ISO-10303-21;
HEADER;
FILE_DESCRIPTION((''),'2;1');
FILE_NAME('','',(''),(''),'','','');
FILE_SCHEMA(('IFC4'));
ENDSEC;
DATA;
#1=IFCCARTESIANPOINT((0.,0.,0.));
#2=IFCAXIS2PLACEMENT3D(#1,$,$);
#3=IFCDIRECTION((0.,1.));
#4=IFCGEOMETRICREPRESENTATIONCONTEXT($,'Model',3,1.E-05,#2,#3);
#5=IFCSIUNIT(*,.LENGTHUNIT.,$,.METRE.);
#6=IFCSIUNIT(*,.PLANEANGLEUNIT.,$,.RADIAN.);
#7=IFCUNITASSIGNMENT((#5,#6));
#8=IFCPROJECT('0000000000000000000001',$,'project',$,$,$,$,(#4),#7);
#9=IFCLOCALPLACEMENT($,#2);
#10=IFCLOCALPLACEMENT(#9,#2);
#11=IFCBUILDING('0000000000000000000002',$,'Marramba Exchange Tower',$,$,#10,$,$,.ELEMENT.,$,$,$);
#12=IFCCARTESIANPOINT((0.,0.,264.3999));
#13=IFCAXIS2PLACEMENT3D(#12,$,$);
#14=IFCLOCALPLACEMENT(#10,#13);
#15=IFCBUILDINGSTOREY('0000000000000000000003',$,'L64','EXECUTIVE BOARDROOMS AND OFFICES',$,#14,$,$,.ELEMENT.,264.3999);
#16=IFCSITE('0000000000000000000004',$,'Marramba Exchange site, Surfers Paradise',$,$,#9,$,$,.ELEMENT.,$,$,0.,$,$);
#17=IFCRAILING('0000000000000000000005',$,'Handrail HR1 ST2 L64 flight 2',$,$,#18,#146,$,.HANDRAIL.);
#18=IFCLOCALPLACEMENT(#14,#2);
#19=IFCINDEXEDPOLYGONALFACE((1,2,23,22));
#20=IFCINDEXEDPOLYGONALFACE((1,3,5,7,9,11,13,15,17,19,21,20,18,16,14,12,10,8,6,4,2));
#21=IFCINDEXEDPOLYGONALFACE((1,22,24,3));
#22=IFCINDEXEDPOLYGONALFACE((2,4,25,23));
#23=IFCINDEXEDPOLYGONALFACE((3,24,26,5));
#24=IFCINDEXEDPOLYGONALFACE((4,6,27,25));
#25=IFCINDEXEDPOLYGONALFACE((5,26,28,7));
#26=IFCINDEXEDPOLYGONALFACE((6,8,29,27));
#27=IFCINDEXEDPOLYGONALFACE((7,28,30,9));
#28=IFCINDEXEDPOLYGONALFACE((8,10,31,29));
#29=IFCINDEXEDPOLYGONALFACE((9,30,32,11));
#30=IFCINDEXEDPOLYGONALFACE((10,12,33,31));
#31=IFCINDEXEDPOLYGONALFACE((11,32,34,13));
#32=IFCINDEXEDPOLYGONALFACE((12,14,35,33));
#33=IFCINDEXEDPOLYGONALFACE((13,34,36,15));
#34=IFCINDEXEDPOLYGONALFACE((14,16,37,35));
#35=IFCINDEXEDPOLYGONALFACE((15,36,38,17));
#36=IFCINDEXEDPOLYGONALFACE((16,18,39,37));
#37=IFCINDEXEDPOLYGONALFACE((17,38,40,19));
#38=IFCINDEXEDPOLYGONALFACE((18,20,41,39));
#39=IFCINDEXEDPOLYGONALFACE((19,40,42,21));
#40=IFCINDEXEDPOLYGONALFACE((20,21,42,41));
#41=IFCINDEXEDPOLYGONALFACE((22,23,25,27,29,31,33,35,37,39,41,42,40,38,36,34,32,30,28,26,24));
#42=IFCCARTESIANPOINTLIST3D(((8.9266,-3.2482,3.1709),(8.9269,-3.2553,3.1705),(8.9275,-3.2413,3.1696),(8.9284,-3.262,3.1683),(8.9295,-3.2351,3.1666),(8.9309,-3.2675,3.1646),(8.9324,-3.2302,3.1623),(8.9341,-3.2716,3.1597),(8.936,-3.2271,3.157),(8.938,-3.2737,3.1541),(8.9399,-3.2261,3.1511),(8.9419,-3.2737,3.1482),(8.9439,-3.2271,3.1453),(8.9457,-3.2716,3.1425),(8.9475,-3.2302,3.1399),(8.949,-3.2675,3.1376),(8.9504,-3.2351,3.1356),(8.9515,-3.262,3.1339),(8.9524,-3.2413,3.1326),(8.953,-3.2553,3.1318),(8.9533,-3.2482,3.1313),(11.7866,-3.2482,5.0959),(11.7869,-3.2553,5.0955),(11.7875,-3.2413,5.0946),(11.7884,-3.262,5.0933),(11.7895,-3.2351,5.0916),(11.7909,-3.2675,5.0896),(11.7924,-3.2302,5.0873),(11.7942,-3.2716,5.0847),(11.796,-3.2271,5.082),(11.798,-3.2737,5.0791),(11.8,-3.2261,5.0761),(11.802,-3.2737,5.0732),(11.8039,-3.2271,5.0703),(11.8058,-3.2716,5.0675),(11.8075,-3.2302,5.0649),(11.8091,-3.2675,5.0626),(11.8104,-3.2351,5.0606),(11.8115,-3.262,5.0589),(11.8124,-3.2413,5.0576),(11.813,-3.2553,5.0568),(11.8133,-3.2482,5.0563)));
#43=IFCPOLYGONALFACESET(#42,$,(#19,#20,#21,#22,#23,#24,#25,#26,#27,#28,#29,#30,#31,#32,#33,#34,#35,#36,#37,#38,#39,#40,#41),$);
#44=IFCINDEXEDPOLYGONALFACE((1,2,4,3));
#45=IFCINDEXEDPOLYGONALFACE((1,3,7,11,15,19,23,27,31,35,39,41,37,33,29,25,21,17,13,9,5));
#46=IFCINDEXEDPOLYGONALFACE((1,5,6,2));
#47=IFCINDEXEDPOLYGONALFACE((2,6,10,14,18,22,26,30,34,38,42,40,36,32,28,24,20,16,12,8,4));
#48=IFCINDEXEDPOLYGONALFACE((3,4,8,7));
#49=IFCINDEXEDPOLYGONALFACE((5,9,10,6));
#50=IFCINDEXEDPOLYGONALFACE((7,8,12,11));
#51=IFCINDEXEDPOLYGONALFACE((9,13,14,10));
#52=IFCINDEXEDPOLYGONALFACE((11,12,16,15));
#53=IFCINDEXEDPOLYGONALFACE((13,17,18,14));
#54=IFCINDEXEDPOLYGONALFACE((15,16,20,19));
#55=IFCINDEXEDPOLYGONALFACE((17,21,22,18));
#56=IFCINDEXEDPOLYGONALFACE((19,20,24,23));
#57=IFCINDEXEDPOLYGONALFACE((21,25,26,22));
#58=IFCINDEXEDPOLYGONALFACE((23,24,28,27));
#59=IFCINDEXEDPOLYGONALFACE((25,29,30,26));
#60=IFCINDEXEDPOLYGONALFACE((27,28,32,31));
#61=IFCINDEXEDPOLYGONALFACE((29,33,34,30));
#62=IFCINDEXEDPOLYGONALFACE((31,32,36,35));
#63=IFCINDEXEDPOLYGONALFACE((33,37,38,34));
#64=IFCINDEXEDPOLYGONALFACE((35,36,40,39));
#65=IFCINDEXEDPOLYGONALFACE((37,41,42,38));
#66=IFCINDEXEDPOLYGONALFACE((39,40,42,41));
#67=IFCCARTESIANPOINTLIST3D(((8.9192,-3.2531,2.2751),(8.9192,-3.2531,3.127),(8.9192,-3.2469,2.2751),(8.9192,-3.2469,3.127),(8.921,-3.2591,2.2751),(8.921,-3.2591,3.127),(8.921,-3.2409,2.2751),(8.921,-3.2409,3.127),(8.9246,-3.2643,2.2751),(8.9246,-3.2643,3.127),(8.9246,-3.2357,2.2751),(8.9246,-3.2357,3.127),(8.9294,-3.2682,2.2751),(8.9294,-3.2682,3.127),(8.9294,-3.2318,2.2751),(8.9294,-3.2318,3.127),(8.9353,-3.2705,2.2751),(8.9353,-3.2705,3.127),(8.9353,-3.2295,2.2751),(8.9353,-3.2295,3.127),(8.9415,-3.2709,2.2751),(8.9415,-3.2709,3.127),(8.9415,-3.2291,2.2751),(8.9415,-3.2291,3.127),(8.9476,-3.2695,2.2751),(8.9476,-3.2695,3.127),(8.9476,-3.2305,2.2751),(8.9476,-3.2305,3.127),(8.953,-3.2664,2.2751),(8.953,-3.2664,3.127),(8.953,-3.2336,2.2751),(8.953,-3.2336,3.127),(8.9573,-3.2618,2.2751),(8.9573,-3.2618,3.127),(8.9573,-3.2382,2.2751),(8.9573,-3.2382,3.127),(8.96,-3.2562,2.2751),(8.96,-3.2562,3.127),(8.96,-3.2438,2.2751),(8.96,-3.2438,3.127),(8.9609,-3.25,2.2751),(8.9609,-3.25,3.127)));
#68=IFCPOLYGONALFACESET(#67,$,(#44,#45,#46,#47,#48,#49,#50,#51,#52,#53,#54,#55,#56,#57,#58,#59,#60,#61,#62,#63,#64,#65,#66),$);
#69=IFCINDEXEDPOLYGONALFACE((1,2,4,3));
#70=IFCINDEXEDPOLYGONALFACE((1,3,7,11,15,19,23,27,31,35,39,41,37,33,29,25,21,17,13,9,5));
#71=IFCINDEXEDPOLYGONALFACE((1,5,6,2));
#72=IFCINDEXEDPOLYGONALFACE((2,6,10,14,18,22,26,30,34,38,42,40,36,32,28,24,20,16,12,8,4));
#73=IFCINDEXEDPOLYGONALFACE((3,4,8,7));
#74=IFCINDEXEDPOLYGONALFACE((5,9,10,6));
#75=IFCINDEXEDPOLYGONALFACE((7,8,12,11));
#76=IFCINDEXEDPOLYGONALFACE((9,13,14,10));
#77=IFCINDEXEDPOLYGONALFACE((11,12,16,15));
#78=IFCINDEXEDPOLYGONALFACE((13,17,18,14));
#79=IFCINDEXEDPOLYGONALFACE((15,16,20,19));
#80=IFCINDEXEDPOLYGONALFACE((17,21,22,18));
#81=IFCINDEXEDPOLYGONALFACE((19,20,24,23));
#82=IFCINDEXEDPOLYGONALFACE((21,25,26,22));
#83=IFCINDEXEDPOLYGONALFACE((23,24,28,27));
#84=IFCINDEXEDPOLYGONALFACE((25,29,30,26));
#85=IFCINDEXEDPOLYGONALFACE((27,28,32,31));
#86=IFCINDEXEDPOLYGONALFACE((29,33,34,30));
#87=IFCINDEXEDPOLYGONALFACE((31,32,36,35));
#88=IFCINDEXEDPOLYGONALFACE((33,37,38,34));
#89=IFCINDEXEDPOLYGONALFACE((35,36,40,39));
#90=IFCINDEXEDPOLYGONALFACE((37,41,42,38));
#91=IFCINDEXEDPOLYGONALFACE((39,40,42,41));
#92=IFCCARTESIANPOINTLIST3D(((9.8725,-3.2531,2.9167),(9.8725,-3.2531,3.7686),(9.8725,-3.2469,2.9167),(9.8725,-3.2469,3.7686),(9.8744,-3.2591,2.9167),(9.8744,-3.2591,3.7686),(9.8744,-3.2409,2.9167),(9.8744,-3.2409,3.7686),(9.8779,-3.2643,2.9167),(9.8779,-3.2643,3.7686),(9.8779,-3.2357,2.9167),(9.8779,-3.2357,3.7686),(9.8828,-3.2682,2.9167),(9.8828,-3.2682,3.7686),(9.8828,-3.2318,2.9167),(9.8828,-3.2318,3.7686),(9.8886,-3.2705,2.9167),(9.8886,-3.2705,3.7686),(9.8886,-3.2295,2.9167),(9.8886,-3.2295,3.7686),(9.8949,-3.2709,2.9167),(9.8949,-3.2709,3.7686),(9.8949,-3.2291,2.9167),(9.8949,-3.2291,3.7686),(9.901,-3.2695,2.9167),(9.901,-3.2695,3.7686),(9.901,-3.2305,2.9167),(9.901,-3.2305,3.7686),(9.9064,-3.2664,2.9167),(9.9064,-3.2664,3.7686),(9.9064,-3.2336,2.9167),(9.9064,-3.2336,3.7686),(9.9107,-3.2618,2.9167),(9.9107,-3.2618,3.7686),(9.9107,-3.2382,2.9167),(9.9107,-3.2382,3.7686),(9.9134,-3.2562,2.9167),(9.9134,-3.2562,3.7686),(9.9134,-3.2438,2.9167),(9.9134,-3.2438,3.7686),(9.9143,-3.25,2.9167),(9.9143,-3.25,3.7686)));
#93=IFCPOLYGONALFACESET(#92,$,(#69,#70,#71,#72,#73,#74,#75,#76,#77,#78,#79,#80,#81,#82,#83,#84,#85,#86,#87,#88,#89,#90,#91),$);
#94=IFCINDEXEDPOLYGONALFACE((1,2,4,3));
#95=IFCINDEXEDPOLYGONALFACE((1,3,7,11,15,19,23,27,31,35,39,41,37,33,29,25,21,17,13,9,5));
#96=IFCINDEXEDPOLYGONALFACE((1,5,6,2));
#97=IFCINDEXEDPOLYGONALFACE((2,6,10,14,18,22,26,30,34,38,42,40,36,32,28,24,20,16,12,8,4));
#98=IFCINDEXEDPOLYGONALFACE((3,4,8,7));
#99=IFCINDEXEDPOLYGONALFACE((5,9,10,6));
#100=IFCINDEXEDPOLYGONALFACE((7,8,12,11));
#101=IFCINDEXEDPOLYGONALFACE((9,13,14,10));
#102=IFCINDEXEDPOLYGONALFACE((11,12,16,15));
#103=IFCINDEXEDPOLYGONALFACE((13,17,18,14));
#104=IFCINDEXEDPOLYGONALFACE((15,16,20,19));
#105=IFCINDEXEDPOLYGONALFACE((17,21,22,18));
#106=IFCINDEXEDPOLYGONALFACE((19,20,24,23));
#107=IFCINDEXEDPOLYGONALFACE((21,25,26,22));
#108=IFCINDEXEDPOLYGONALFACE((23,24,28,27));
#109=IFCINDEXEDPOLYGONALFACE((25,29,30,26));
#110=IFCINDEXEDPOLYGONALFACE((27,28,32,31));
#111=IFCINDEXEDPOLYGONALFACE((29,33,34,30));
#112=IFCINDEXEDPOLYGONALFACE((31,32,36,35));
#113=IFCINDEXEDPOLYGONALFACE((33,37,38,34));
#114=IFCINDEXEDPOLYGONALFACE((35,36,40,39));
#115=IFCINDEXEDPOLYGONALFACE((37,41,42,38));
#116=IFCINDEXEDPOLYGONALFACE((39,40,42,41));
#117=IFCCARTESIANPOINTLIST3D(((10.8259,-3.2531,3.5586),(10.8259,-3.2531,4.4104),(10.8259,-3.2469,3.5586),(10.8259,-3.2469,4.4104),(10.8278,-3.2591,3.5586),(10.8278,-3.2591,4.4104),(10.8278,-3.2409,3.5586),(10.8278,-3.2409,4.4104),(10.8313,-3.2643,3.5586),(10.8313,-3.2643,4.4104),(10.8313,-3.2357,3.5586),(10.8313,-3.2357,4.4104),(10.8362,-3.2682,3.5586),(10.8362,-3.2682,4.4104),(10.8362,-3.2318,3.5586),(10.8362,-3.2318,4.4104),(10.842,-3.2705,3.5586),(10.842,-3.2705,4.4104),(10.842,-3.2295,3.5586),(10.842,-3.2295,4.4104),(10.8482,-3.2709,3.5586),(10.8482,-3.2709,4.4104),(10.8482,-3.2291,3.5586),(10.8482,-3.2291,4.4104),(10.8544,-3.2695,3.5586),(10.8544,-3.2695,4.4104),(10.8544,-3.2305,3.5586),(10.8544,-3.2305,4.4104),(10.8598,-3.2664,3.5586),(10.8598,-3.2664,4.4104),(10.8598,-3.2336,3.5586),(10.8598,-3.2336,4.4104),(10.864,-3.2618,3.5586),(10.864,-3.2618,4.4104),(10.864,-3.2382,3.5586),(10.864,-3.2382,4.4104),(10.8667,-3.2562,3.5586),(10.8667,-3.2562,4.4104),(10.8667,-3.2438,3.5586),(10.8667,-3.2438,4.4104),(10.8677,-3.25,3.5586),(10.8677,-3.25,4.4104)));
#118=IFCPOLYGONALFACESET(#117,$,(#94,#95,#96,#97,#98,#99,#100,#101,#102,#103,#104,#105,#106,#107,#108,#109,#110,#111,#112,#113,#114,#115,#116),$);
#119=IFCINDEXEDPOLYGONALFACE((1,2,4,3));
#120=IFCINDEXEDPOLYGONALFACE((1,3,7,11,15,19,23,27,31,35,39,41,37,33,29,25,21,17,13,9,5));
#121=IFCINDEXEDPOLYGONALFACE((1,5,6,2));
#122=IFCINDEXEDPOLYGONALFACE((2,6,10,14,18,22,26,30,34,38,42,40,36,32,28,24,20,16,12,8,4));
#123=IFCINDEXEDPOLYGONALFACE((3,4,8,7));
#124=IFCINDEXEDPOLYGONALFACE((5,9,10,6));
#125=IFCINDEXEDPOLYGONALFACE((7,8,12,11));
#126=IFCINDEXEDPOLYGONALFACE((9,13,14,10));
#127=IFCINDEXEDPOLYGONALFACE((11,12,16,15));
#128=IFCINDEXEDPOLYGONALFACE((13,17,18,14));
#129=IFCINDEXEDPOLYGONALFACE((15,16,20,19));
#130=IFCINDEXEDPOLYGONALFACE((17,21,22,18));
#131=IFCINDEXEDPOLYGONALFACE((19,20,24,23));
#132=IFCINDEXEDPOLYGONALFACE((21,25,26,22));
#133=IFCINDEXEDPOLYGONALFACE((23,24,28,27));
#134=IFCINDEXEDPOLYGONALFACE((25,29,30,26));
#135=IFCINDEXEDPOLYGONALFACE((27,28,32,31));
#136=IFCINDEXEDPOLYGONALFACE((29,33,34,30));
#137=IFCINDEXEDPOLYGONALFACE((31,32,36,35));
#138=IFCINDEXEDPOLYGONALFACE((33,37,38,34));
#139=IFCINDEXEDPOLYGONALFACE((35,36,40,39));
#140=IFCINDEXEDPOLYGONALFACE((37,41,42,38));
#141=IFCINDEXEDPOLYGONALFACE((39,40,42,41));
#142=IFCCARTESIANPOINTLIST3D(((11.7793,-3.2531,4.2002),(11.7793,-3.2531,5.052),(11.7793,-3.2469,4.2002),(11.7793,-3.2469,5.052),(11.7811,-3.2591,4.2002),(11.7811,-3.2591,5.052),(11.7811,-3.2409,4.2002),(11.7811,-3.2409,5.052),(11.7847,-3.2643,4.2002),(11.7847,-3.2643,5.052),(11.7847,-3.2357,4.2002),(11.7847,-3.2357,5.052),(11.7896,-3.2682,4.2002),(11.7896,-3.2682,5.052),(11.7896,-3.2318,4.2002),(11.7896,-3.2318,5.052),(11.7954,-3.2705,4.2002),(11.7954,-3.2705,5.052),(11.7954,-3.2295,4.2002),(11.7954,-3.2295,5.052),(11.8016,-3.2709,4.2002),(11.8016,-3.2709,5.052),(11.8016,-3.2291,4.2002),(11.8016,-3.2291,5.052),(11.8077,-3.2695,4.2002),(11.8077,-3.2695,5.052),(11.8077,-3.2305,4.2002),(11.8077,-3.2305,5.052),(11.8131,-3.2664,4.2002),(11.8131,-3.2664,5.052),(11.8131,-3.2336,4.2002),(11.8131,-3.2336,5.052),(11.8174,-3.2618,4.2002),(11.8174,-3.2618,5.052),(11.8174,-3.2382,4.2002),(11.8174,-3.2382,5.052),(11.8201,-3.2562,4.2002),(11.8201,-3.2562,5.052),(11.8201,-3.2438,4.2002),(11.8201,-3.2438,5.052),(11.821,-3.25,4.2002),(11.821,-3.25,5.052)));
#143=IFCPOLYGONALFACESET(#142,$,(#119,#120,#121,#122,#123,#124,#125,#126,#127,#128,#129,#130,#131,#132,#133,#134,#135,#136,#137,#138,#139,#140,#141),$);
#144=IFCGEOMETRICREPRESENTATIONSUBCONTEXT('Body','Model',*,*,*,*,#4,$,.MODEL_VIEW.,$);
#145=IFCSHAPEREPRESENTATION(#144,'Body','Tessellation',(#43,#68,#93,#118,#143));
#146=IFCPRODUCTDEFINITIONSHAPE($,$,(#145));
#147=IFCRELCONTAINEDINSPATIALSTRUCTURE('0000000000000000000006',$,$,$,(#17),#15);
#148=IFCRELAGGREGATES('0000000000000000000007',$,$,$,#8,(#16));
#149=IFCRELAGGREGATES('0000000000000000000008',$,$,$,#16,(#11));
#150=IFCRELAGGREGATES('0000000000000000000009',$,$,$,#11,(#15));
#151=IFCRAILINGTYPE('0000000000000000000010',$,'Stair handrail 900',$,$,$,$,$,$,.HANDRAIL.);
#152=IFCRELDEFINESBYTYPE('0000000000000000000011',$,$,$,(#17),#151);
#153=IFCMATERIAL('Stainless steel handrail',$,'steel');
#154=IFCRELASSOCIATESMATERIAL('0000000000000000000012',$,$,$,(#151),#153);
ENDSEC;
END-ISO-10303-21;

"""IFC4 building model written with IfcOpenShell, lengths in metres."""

from ifc_helpers import new_model, si_unit, direction, frame, origin, origin_2d, place, context, subcontext, project, spatial, circle, extrude, material, type_object, element, save


model = new_model("IFC4")

# Units and contexts
model_context = context("Model", 3, precision=1e-05, world=origin(), true_north=direction((0.0, 1.0)))
body_context = subcontext(model_context, "Body", "Model", "MODEL_VIEW")
ifc_project = project(units=[si_unit("LENGTHUNIT", "METRE"), si_unit("PLANEANGLEUNIT", "RADIAN")], contexts=[model_context])

# Site, building, storey
site_placement = place(None, origin())
site = spatial("IfcSite", under=ifc_project, at=site_placement, Name="Marramba Exchange site, Surfers Paradise", CompositionType="ELEMENT", RefElevation=0.0)
building_placement = place(site_placement, origin())
building = spatial("IfcBuilding", under=site, at=building_placement, Name="Marramba Exchange Tower", CompositionType="ELEMENT")
storey_placement = place(building_placement, frame((0.0, 0.0, 264.3999)))
storey = spatial("IfcBuildingStorey", under=building, at=storey_placement, Name="L64", Description="EXECUTIVE BOARDROOMS AND OFFICES", CompositionType="ELEMENT", Elevation=264.3999)

# Railing
ifc_material_1 = material(Name="Stainless steel handrail", Category="steel")
railing_type = type_object("IfcRailingType", Name="Stair handrail 900", PredefinedType="HANDRAIL", material=ifc_material_1)
railing_1_placement = place(storey_placement, frame((8.9399, -3.25, 2.2751)))
element("IfcRailing", 1, at=railing_1_placement, inside=storey, type_object=railing_type, Name="Handrail HR1 ST2 L64 flight 2", PredefinedType="HANDRAIL", context=body_context, shape_type="SweptSolid", body=[
    extrude(circle(Radius=0.0239, at=origin_2d()), frame((0.0, 0.0, 0.876), z_axis=(0.829591, 0.0, 0.558372), x_axis=(0.0, 1.0, 0.0)), (0.0, 0.0, 1.0), 3.4475),
    extrude(circle(Radius=0.021, at=origin_2d()), origin(), (0.0, 0.0, 1.0), 0.8518),
    extrude(circle(Radius=0.021, at=origin_2d()), frame((0.9534, 0.0, 0.6416)), (0.0, 0.0, 1.0), 0.8518),
    extrude(circle(Radius=0.021, at=origin_2d()), frame((1.9067, 0.0, 1.2834)), (0.0, 0.0, 1.0), 0.8518),
    extrude(circle(Radius=0.021, at=origin_2d()), frame((2.8601, 0.0, 1.925)), (0.0, 0.0, 1.0), 0.8518),
])

save(model, "model.ifc")
